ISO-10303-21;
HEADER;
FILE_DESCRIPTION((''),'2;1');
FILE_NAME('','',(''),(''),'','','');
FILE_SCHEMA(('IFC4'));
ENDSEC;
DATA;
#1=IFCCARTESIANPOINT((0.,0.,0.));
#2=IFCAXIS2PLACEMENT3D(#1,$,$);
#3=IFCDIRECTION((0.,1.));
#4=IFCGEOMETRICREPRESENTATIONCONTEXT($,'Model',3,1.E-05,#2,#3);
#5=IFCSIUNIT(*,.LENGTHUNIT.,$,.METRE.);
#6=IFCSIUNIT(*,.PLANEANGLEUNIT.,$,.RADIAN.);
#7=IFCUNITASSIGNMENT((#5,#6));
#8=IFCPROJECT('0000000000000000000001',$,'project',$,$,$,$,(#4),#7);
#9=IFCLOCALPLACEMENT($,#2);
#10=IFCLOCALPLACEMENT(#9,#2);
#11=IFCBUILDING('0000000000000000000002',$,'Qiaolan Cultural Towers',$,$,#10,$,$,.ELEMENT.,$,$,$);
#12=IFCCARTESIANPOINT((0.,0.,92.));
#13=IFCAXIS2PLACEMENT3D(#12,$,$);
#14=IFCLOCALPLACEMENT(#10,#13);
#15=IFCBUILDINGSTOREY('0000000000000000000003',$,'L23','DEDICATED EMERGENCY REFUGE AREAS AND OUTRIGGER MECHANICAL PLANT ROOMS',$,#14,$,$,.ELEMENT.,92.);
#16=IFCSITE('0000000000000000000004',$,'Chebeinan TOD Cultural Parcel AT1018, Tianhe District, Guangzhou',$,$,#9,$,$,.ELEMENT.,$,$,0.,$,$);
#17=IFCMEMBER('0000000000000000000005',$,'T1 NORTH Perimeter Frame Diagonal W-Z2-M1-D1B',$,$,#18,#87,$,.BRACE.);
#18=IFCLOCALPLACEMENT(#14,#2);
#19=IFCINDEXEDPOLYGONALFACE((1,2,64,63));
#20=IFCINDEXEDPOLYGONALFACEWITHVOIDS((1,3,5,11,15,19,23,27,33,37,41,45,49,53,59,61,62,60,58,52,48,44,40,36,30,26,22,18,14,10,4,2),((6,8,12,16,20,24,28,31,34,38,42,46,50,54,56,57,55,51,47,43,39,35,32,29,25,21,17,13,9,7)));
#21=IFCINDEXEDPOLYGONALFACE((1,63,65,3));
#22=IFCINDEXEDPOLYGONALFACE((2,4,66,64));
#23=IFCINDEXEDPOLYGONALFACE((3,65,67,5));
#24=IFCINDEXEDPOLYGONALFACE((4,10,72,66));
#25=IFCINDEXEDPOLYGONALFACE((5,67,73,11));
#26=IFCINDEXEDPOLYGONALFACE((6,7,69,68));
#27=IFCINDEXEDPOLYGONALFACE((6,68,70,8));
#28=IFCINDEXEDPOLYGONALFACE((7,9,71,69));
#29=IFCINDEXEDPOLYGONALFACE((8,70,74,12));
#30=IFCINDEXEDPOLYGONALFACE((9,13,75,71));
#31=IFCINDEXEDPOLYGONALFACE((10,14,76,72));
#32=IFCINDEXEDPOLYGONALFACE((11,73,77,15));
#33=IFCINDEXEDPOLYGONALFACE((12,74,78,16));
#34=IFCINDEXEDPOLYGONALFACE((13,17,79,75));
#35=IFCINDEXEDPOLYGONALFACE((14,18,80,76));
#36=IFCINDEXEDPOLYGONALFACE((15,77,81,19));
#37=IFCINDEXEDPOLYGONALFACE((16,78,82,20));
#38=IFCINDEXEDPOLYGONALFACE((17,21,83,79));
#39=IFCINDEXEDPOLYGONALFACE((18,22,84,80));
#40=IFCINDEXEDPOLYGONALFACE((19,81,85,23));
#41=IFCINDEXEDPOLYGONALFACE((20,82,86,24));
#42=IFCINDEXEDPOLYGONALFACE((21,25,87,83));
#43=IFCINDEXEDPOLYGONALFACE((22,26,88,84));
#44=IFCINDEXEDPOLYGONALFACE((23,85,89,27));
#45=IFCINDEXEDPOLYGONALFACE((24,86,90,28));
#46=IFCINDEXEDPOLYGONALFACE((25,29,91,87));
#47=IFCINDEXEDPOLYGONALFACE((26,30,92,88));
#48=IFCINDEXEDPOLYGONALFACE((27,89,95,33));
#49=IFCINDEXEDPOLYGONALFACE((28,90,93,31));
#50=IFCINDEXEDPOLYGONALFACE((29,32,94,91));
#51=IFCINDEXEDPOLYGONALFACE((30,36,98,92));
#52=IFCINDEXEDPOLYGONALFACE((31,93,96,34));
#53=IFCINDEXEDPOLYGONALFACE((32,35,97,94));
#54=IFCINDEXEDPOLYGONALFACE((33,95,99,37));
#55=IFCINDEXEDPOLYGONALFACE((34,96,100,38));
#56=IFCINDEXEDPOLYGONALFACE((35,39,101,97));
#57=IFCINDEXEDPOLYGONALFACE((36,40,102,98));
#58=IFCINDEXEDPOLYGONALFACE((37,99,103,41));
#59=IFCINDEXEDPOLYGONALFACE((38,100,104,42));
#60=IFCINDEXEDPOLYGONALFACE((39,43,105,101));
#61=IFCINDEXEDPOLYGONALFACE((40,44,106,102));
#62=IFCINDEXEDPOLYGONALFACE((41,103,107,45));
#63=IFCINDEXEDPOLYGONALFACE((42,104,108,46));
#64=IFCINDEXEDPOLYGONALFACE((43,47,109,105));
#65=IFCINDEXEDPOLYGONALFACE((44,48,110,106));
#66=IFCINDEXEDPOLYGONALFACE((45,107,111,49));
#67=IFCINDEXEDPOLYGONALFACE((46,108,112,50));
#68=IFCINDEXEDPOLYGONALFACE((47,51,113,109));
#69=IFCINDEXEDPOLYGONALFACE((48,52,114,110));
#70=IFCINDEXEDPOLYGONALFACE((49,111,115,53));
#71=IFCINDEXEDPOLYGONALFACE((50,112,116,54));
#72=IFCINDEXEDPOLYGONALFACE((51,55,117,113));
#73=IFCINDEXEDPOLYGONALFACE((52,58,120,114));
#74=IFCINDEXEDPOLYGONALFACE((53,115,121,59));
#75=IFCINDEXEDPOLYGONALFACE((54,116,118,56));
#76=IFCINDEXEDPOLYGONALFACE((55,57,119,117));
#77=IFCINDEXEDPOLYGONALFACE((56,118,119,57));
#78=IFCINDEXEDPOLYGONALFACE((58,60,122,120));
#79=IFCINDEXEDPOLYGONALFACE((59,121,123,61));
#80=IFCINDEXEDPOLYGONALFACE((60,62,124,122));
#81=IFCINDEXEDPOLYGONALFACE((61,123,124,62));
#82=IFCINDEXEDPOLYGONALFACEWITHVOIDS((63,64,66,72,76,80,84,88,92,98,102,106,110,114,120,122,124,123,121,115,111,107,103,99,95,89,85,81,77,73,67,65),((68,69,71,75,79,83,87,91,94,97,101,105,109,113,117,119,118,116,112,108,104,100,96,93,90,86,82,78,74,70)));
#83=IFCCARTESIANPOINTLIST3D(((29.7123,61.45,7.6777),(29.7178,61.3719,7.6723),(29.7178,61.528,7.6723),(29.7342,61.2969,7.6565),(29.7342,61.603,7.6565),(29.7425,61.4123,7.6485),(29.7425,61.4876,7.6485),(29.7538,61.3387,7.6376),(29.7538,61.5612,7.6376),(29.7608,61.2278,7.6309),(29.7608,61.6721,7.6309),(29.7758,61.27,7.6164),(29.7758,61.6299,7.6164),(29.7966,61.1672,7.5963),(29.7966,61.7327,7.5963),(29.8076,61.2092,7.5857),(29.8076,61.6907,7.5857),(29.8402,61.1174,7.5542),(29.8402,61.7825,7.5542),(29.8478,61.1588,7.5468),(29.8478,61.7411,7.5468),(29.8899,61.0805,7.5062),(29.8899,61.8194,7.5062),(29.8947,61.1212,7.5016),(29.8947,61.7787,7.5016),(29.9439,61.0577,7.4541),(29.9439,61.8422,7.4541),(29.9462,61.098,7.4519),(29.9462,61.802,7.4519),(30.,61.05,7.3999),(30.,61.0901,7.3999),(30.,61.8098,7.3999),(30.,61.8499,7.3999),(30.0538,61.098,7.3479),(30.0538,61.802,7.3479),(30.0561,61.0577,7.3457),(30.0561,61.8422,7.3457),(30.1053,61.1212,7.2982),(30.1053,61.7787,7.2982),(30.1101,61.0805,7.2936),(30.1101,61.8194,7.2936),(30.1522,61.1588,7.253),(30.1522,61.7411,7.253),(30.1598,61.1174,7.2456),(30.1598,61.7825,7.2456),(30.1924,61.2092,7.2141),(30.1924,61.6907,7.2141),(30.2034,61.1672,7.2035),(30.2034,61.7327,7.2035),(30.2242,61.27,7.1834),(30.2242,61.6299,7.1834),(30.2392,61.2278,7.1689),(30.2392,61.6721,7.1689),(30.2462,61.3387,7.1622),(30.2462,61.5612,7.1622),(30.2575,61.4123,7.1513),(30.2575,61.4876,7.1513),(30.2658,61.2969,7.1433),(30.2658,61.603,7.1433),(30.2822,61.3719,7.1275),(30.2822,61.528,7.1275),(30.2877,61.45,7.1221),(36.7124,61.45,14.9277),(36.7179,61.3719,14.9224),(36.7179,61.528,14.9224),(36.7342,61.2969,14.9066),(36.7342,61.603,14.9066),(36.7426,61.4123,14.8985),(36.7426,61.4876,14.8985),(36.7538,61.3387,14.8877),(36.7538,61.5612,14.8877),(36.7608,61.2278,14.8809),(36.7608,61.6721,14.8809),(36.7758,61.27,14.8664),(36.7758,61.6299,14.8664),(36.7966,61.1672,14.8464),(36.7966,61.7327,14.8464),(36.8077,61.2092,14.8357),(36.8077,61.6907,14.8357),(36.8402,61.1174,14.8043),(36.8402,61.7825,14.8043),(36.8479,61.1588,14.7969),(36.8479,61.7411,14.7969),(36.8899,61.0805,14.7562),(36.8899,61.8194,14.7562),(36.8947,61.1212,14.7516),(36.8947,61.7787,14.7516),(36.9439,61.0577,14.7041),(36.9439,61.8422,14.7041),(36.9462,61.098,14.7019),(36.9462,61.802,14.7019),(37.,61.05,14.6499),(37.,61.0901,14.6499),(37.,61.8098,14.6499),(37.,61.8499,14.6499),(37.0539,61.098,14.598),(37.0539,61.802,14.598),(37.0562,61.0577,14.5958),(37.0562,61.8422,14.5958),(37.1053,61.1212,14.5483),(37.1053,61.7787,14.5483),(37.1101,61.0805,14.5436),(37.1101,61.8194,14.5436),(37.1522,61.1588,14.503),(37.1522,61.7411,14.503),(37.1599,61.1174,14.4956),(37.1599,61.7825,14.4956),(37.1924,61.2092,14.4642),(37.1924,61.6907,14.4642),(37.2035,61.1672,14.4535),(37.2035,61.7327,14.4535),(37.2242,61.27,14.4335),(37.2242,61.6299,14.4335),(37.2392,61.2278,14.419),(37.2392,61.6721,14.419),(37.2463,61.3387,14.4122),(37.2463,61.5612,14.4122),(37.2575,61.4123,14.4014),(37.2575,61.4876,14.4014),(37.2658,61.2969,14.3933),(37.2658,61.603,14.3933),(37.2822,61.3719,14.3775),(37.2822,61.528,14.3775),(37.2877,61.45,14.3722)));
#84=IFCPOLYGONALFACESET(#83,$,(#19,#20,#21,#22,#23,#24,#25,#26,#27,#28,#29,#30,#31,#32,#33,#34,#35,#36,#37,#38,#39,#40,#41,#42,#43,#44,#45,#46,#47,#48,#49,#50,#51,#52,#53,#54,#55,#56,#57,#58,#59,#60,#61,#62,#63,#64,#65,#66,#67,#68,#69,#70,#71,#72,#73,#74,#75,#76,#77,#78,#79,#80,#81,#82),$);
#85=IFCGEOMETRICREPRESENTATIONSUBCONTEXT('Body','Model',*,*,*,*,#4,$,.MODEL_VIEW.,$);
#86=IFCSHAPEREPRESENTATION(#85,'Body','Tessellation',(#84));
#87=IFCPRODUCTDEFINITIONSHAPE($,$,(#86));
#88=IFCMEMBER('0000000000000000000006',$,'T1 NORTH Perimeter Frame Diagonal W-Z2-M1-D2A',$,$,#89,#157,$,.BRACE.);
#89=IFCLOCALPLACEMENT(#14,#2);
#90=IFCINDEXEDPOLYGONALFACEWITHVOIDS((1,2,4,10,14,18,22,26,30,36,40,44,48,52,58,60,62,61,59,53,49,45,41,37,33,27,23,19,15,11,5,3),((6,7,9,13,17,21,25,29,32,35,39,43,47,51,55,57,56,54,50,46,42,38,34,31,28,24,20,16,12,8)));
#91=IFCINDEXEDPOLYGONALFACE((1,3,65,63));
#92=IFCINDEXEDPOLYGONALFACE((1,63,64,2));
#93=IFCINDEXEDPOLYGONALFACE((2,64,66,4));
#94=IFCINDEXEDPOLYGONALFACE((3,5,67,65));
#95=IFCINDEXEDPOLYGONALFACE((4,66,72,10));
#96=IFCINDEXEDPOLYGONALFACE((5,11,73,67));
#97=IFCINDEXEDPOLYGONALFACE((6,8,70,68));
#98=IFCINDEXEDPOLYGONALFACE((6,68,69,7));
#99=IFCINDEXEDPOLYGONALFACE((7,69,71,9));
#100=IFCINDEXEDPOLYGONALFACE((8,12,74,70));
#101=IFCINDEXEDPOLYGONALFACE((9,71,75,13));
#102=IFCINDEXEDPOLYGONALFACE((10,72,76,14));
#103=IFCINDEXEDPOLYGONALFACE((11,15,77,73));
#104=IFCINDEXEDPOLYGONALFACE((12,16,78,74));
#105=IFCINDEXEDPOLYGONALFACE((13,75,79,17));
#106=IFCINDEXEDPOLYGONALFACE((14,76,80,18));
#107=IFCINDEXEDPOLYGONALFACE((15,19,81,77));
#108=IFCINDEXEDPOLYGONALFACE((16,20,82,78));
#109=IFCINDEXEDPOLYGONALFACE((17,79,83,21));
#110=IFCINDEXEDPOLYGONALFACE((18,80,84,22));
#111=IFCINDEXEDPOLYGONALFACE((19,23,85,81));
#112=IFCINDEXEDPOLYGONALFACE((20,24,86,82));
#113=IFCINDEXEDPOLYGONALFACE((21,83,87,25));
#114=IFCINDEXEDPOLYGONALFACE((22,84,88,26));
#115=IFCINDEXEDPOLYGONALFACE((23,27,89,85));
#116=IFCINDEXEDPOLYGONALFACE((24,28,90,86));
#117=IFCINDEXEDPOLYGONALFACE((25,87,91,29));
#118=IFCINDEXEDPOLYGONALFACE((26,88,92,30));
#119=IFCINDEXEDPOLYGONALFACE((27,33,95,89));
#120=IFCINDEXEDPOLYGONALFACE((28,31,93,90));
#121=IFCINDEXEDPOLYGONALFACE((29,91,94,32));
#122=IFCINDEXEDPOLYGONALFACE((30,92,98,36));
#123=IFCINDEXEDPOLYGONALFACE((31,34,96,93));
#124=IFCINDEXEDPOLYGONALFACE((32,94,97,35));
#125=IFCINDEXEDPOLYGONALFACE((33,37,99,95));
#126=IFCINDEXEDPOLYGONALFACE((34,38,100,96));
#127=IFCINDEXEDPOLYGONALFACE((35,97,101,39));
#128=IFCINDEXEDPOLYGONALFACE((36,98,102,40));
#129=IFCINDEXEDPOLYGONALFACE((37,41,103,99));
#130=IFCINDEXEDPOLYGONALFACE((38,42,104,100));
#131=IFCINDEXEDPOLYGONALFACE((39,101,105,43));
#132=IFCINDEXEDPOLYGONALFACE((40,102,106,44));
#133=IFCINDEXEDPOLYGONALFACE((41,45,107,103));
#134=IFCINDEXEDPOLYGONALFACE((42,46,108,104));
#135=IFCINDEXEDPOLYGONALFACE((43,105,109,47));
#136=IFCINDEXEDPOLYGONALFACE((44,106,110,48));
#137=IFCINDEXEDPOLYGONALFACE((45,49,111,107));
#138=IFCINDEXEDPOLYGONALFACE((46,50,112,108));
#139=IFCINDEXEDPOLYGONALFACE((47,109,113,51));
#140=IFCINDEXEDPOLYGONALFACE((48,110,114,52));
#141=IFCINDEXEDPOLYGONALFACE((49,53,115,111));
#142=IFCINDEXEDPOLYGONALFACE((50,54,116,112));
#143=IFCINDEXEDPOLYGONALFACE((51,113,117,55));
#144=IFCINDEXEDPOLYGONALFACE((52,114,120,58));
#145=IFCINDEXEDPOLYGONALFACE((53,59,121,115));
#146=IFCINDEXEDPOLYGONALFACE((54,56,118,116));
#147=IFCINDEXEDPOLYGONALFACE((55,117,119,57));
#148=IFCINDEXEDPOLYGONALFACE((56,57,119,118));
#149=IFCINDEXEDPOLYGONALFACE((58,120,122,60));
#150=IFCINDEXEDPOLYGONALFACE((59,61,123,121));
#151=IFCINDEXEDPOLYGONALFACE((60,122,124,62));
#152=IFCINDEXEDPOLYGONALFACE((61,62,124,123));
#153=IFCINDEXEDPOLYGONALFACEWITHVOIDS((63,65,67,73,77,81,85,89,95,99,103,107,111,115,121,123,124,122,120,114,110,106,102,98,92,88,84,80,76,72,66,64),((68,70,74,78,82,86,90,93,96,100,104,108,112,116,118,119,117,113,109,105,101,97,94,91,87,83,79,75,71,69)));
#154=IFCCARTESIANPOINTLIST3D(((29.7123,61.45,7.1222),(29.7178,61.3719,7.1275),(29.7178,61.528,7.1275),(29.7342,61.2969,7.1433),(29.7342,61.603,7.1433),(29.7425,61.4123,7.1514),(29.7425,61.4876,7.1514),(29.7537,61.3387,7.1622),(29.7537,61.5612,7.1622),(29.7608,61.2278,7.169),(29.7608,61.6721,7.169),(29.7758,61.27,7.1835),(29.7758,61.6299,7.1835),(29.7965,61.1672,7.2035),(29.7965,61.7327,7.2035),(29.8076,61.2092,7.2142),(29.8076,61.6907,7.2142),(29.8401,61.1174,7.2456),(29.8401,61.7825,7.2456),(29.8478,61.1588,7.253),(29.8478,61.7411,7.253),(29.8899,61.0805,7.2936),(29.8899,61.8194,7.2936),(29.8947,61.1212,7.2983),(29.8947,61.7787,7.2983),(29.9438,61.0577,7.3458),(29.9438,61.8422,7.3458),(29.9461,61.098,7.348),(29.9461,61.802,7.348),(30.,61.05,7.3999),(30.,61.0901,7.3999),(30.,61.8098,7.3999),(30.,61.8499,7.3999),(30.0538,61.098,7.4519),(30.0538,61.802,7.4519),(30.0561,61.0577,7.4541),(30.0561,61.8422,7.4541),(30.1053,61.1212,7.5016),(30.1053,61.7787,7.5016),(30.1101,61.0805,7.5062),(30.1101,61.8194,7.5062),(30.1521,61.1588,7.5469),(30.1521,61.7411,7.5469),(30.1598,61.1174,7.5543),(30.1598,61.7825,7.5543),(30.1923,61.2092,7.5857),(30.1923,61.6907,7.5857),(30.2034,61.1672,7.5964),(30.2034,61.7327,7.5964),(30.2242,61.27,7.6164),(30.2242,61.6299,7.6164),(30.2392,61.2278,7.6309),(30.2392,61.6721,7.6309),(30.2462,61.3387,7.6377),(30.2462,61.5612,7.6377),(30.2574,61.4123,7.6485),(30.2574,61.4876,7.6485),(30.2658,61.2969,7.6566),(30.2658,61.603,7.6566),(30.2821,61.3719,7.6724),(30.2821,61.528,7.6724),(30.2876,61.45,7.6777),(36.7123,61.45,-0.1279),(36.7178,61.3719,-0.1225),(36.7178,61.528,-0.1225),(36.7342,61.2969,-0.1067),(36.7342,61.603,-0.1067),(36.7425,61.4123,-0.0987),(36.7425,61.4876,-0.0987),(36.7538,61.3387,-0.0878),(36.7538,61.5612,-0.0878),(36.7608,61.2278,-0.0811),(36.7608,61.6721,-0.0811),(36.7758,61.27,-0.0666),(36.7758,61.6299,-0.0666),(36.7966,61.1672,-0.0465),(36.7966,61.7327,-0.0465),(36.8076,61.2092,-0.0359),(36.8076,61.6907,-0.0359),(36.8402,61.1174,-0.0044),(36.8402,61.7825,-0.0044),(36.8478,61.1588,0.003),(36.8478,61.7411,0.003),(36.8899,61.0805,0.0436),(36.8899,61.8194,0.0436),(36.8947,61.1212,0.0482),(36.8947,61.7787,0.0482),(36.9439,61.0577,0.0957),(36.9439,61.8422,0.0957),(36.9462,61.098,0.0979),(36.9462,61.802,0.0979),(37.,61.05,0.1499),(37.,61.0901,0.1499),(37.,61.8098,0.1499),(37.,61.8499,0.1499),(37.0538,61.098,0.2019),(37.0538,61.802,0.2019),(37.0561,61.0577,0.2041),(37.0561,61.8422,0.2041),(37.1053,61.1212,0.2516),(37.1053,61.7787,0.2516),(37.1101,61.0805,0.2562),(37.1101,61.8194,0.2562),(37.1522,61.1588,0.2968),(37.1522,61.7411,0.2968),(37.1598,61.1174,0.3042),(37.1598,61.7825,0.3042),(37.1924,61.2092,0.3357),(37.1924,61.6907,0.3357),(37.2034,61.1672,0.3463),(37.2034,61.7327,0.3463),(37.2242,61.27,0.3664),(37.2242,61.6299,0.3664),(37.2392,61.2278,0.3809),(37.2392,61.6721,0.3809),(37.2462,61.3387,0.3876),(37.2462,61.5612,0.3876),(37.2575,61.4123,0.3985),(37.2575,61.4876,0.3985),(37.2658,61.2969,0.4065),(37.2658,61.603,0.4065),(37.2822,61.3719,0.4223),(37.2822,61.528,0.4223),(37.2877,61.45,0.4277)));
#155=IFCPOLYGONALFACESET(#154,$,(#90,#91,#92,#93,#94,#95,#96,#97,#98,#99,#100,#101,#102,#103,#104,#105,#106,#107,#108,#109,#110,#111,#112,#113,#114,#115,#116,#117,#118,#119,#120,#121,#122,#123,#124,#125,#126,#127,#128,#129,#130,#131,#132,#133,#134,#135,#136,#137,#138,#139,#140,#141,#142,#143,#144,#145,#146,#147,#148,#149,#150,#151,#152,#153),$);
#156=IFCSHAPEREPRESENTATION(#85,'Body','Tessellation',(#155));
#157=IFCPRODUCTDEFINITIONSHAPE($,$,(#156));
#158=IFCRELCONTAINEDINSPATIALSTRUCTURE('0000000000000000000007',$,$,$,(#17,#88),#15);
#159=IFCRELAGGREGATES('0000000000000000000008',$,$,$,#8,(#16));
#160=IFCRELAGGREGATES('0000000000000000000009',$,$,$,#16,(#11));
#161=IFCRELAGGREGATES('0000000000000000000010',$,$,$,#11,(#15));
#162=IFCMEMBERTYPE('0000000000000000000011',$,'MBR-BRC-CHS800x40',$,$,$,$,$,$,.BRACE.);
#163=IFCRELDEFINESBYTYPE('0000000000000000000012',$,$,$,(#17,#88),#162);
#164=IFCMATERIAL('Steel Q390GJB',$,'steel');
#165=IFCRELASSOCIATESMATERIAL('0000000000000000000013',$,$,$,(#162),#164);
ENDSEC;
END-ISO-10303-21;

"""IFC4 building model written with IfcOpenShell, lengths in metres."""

from ifc_helpers import new_model, si_unit, direction, frame, origin, origin_2d, place, context, subcontext, project, spatial, hollow_circle, extrude, material, material_profile, profile_set, type_object, element, save


model = new_model("IFC4")

# Units and contexts
model_context = context("Model", 3, precision=1e-05, world=origin(), true_north=direction((0.0, 1.0)))
body_context = subcontext(model_context, "Body", "Model", "MODEL_VIEW")
ifc_project = project(units=[si_unit("LENGTHUNIT", "METRE"), si_unit("PLANEANGLEUNIT", "RADIAN")], contexts=[model_context])

# Site, building, storey
site_placement = place(None, origin())
site = spatial("IfcSite", under=ifc_project, at=site_placement, Name="Chebeinan TOD Cultural Parcel AT1018, Tianhe District, Guangzhou", CompositionType="ELEMENT", RefElevation=0.0)
building_placement = place(site_placement, origin())
building = spatial("IfcBuilding", under=site, at=building_placement, Name="Qiaolan Cultural Towers", CompositionType="ELEMENT")
storey_placement = place(building_placement, frame((0.0, 0.0, 92.0)))
storey = spatial("IfcBuildingStorey", under=building, at=storey_placement, Name="L23", Description="DEDICATED EMERGENCY REFUGE AREAS AND OUTRIGGER MECHANICAL PLANT ROOMS", CompositionType="ELEMENT", Elevation=92.0)

# Members
ifc_material_1 = material(Name="Steel Q390GJB", Category="steel")
ifc_material_profile_1 = material_profile(ifc_material_1, hollow_circle(Radius=0.3999, WallThickness=0.04, at=origin_2d()), Name="CHS800x40")
ifc_profile_set_1 = profile_set([ifc_material_profile_1], Name="Steel Q390GJB")
member_type_1 = type_object("IfcMemberType", Name="MBR-BRC-CHS800x40", PredefinedType="BRACE", material=ifc_profile_set_1)
for number, where, z_axis, x_axis, name in (
    (1, (30.0, 61.45, 7.3999), (0.694595, 0.0, 0.719401), (0.0, 1.0, 0.0), "T1 NORTH Perimeter Frame Diagonal W-Z2-M1-D1B"),
    (2, (37.0, 61.45, 0.1499), (-0.694595, 0.0, 0.719401), (0.0, -1.0, 0.0), "T1 NORTH Perimeter Frame Diagonal W-Z2-M1-D2A"),
):
    element("IfcMember", number, at=place(storey_placement, frame(where, z_axis=z_axis, x_axis=x_axis)), inside=storey, type_object=member_type_1, Name=name, PredefinedType="BRACE", context=body_context, shape_type="SweptSolid", body=[
        extrude(hollow_circle(Radius=0.3999, WallThickness=0.04, at=origin_2d()), origin(), (0.0, 0.0, 1.0), 10.0779),
    ])

save(model, "model.ifc")
